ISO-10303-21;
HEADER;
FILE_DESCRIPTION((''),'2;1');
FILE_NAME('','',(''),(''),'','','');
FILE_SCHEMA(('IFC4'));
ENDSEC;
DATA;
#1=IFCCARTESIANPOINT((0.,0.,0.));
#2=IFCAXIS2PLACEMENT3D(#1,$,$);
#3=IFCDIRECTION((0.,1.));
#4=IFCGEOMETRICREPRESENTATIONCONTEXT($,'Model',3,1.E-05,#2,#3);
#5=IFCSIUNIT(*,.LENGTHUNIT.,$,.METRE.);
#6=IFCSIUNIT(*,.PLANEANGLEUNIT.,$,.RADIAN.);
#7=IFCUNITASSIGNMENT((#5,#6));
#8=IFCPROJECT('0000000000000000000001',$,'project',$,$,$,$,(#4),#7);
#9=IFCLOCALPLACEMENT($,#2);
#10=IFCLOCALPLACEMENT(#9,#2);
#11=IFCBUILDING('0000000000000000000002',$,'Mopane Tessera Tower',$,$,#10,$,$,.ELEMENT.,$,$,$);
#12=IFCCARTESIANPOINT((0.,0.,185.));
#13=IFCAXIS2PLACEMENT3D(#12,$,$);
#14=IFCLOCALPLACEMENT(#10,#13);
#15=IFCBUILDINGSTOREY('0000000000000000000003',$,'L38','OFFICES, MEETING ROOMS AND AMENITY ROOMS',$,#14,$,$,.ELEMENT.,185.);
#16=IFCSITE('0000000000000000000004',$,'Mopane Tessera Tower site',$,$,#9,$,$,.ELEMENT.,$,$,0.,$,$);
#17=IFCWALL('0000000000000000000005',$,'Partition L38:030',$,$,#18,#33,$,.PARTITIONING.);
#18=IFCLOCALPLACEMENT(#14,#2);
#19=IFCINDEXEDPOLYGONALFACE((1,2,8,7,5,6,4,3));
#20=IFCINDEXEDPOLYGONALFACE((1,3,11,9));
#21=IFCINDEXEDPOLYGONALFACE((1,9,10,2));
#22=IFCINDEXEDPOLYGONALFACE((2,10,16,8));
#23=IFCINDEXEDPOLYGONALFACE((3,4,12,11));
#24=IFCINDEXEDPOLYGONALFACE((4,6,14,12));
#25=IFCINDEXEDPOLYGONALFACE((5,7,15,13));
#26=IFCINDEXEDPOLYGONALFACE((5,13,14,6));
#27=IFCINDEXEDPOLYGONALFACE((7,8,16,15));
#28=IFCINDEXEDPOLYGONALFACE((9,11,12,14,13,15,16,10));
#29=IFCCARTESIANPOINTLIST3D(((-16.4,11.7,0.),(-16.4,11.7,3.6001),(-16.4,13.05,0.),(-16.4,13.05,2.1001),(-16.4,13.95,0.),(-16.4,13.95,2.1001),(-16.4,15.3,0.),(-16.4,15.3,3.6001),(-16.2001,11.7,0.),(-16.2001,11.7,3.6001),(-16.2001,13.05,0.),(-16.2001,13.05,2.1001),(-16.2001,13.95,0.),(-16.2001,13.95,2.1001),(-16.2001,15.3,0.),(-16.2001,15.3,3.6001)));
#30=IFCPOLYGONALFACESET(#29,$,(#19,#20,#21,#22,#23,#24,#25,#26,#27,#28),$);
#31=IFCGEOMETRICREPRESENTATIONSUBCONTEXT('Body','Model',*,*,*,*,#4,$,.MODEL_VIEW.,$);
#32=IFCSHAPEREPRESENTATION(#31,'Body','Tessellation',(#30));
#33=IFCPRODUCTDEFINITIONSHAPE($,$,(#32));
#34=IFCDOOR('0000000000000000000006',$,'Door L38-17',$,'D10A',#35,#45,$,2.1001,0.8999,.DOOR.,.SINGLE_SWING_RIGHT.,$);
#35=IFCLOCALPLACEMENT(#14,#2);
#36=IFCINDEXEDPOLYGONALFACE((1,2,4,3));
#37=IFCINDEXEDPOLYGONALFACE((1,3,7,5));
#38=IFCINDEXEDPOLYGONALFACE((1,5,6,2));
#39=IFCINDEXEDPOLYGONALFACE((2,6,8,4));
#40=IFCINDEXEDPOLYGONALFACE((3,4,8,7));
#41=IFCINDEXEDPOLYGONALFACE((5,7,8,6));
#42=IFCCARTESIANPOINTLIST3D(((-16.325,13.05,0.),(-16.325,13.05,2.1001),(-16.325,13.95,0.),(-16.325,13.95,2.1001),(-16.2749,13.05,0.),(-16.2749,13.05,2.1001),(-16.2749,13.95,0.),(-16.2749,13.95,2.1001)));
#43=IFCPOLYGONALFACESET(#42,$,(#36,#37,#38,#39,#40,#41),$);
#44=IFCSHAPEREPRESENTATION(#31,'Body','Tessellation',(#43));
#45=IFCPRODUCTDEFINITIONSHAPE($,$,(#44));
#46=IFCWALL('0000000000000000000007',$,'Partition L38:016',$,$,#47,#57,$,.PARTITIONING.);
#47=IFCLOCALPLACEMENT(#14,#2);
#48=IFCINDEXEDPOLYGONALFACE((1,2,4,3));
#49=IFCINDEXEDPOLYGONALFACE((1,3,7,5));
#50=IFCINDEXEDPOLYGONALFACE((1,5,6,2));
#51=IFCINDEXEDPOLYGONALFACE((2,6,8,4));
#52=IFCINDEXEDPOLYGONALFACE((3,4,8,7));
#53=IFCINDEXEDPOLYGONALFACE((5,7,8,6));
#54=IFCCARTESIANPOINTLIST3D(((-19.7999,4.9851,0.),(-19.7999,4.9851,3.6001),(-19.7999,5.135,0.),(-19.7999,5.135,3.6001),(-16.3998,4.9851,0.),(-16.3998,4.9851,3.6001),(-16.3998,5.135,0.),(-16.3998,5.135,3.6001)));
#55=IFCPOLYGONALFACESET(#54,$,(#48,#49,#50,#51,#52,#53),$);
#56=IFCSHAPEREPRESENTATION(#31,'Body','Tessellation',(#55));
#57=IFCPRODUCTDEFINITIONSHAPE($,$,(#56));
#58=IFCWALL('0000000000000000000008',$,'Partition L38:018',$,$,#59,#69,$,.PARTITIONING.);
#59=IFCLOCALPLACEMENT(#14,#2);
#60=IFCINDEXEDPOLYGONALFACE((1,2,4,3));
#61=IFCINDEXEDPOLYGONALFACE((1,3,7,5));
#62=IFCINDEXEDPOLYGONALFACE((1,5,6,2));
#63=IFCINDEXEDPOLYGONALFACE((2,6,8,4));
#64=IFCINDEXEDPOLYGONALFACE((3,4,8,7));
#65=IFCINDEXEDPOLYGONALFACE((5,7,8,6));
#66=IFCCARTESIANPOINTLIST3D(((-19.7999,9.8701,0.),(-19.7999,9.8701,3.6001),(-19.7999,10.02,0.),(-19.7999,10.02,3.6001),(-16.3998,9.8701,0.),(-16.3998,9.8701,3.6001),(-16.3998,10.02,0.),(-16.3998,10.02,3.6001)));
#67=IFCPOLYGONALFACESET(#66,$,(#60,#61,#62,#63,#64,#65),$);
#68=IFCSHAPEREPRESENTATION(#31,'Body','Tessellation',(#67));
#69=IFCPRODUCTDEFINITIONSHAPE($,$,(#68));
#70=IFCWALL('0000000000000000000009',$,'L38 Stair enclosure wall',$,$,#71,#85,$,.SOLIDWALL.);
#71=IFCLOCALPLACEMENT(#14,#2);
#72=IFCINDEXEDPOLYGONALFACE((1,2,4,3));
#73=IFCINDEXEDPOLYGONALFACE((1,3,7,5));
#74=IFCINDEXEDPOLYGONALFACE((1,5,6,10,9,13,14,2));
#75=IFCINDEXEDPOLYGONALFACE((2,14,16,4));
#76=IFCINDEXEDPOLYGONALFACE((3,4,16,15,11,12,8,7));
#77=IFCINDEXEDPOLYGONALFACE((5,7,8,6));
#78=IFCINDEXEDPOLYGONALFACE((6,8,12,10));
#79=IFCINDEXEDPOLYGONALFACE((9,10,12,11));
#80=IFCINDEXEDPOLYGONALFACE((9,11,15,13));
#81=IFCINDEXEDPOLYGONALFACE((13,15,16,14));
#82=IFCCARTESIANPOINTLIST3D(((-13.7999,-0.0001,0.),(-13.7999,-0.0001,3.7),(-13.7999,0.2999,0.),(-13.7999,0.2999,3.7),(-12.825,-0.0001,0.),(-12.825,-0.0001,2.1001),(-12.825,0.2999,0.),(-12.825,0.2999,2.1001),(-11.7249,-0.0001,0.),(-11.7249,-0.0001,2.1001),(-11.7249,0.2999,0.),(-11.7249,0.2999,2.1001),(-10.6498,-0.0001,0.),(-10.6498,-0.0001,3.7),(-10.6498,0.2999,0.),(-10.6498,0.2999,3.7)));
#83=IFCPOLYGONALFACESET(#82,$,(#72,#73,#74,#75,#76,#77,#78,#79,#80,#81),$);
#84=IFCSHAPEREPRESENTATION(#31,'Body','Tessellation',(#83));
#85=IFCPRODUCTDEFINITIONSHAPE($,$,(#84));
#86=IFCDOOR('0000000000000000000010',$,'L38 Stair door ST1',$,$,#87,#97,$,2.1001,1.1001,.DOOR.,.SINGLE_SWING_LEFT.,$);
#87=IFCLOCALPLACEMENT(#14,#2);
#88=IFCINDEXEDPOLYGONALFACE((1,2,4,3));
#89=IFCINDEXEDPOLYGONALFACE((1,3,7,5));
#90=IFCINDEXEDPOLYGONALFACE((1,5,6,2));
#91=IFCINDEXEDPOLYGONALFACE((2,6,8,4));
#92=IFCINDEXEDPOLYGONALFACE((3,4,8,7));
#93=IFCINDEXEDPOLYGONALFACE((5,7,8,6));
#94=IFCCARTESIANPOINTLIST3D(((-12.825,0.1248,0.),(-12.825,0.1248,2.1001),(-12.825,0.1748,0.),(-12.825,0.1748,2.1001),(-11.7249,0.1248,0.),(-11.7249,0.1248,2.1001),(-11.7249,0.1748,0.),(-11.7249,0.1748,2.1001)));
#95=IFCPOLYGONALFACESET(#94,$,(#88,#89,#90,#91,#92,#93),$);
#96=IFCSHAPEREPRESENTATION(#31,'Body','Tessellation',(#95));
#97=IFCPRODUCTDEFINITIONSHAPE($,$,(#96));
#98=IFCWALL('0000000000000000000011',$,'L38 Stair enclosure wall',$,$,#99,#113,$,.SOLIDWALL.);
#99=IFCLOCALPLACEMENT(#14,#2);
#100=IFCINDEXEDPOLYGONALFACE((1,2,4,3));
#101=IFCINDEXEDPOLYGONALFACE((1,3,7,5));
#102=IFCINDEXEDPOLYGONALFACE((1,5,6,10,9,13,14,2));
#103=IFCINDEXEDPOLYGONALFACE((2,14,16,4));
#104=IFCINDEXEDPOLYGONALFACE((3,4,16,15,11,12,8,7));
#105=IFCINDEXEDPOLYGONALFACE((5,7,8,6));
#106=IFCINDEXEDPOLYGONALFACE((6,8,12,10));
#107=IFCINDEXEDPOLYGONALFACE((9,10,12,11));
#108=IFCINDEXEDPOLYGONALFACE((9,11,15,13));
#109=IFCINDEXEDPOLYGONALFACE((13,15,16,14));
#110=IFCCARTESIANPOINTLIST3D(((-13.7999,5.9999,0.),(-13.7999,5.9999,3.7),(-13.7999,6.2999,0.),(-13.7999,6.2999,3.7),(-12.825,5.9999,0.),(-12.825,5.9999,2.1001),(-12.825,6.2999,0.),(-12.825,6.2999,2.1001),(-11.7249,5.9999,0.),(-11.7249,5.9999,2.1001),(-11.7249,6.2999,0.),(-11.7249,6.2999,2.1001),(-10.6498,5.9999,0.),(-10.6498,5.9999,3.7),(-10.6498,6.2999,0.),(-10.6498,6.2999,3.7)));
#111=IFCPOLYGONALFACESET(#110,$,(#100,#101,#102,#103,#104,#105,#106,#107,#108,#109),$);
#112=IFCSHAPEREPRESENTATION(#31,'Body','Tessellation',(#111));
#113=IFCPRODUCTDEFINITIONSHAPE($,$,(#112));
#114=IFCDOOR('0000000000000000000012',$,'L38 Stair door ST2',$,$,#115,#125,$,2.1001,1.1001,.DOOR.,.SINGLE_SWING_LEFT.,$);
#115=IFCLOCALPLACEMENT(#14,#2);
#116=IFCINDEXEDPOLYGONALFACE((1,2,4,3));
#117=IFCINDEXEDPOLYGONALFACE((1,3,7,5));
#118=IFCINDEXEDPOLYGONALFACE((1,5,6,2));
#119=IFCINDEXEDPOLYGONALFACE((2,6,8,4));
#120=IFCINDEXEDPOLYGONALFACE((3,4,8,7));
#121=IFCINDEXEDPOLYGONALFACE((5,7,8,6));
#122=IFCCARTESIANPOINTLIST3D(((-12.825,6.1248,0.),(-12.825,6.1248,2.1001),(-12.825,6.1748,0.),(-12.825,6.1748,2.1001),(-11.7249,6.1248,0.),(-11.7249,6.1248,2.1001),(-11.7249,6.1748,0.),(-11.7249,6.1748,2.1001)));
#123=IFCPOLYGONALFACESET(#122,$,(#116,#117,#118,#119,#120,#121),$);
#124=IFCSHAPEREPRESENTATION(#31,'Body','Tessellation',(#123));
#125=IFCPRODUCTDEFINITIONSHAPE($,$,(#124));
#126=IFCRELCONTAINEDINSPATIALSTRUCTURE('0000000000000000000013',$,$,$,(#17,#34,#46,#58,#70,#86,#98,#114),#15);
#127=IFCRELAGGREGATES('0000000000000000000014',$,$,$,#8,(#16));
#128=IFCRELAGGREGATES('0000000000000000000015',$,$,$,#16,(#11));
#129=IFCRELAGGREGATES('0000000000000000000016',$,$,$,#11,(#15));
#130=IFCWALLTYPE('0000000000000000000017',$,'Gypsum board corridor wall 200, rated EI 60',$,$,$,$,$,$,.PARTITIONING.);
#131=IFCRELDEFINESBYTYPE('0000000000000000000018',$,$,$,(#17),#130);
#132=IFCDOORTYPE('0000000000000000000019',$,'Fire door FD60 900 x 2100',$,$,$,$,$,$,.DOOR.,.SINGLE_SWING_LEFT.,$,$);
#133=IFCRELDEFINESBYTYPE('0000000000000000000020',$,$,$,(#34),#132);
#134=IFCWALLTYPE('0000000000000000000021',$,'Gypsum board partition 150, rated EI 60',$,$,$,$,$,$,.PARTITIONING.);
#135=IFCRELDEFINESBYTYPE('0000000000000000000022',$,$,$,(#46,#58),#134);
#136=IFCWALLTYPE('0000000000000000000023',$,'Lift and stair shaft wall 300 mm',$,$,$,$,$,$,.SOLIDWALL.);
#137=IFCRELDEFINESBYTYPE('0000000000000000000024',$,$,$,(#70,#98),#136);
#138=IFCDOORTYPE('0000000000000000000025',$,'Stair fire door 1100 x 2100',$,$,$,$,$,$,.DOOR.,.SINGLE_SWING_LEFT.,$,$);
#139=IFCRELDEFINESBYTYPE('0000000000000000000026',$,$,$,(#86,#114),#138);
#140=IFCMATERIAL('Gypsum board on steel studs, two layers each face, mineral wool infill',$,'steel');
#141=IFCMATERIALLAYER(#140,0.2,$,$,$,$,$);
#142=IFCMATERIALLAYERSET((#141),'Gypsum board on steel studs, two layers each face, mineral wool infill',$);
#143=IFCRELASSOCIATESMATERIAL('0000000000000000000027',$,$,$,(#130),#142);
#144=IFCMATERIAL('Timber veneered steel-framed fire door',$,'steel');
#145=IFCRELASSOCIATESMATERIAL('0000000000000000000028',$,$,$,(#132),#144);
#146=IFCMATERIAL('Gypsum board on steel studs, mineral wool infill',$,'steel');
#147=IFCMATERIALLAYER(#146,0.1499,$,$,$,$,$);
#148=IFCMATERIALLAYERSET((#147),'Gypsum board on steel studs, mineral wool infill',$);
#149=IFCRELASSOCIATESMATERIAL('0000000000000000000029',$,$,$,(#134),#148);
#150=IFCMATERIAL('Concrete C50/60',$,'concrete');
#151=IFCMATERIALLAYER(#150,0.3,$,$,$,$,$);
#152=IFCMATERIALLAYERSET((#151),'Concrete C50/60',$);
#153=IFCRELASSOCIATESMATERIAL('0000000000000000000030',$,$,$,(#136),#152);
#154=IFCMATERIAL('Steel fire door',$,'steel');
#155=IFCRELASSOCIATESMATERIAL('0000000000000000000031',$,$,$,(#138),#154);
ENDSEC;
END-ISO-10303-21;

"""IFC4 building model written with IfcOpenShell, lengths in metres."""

from ifc_helpers import new_model, si_unit, direction, frame, frame_2d, origin, place, context, subcontext, project, spatial, rectangle, extrude, material, layer, layer_set, type_object, element, fill, save


model = new_model("IFC4")

# Units and contexts
model_context = context("Model", 3, precision=1e-05, world=origin(), true_north=direction((0.0, 1.0)))
body_context = subcontext(model_context, "Body", "Model", "MODEL_VIEW")
ifc_project = project(units=[si_unit("LENGTHUNIT", "METRE"), si_unit("PLANEANGLEUNIT", "RADIAN")], contexts=[model_context])

# Site, building, storey
site_placement = place(None, origin())
site = spatial("IfcSite", under=ifc_project, at=site_placement, Name="Mopane Tessera Tower site", CompositionType="ELEMENT", RefElevation=0.0)
building_placement = place(site_placement, origin())
building = spatial("IfcBuilding", under=site, at=building_placement, Name="Mopane Tessera Tower", CompositionType="ELEMENT")
storey_placement = place(building_placement, frame((0.0, 0.0, 185.0)))
storey = spatial("IfcBuildingStorey", under=building, at=storey_placement, Name="L38", Description="OFFICES, MEETING ROOMS AND AMENITY ROOMS", CompositionType="ELEMENT", Elevation=185.0)

# Shared definitions
ifc_material_1 = material(Name="Gypsum board on steel studs, two layers each face, mineral wool infill", Category="steel")
ifc_layer_1 = layer(ifc_material_1, 0.2)
ifc_layer_set_1 = layer_set([ifc_layer_1], Name="Gypsum board on steel studs, two layers each face, mineral wool infill")
wall_type_1 = type_object("IfcWallType", Name="Gypsum board corridor wall 200, rated EI 60", PredefinedType="PARTITIONING", material=ifc_layer_set_1)
ifc_material_2 = material(Name="Timber veneered steel-framed fire door", Category="steel")
door_type_1 = type_object("IfcDoorType", Name="Fire door FD60 900 x 2100", OperationType="SINGLE_SWING_LEFT", PredefinedType="DOOR", material=ifc_material_2)

# Wall, opening, door
wall_1_placement = place(storey_placement, frame((-16.3, 11.7, 0.0), z_axis=(0.0, 0.0, 1.0), x_axis=(0.0, 1.0, 0.0)))
wall_1 = element("IfcWall", 1, at=wall_1_placement, inside=storey, type_object=wall_type_1, Name="Partition L38:030", PredefinedType="PARTITIONING", context=body_context, shape_type="SweptSolid", body=[
    extrude(rectangle(XDim=3.6001, YDim=0.2, at=frame_2d((1.8, 0.0))), origin(), (0.0, 0.0, 1.0), 3.6001),
])
opening_1_placement = place(wall_1_placement, frame((1.3501, 0.0, 0.0)))
opening_1 = element("IfcOpeningElement", 2, at=opening_1_placement, cuts=wall_1, PredefinedType="OPENING", context=body_context, shape_type="SweptSolid", body=[
    extrude(rectangle(XDim=0.8999, YDim=2.1001, at=frame_2d((0.45, 1.05))), frame((0.0, 0.1121, 0.0), z_axis=(0.0, -1.0, 0.0), x_axis=(1.0, 0.0, 0.0)), (0.0, 0.0, 1.0), 0.2239),
])
door_1_placement = place(opening_1_placement, origin())
door_1 = element("IfcDoor", 3, at=door_1_placement, inside=storey, type_object=door_type_1, Name="Door L38-17", ObjectType="D10A", OperationType="SINGLE_SWING_RIGHT", OverallHeight=2.1001, OverallWidth=0.8999, PredefinedType="DOOR", context=body_context, shape_type="SweptSolid", body=[
    extrude(rectangle(XDim=0.8999, YDim=2.1001, at=frame_2d((0.45, 1.05))), frame((0.0, 0.0249, 0.0), z_axis=(0.0, -1.0, 0.0), x_axis=(1.0, 0.0, 0.0)), (0.0, 0.0, 1.0), 0.05),
])
fill(opening_1, door_1)

# Walls
ifc_material_3 = material(Name="Gypsum board on steel studs, mineral wool infill", Category="steel")
ifc_layer_2 = layer(ifc_material_3, 0.1499)
ifc_layer_set_2 = layer_set([ifc_layer_2], Name="Gypsum board on steel studs, mineral wool infill")
wall_type_2 = type_object("IfcWallType", Name="Gypsum board partition 150, rated EI 60", PredefinedType="PARTITIONING", material=ifc_layer_set_2)
for number, where, z_axis, x_axis, name in (
    (4, (-19.8, 5.0601, 0.0), (0.0, 0.0, 1.0), (1.0, 0.0, 0.0), "Partition L38:016"),
    (5, (-19.8, 9.9451, 0.0), (0.0, 0.0, 1.0), (1.0, 0.0, 0.0), "Partition L38:018"),
):
    element("IfcWall", number, at=place(storey_placement, frame(where, z_axis=z_axis, x_axis=x_axis)), inside=storey, type_object=wall_type_2, Name=name, PredefinedType="PARTITIONING", context=body_context, shape_type="SweptSolid", body=[
        extrude(rectangle(XDim=3.4001, YDim=0.1499, at=frame_2d((1.7002, 0.0))), origin(), (0.0, 0.0, 1.0), 3.6001),
    ])

# Walls, openings, doors
ifc_material_4 = material(Name="Concrete C50/60", Category="concrete")
ifc_layer_3 = layer(ifc_material_4, 0.3)
ifc_layer_set_3 = layer_set([ifc_layer_3], Name="Concrete C50/60")
wall_type_3 = type_object("IfcWallType", Name="Lift and stair shaft wall 300 mm", PredefinedType="SOLIDWALL", material=ifc_layer_set_3)
wall_2_placement = place(storey_placement, frame((-13.8, 0.1499, 0.0), z_axis=(0.0, 0.0, 1.0), x_axis=(1.0, 0.0, 0.0)))
wall_2 = element("IfcWall", 6, at=wall_2_placement, inside=storey, type_object=wall_type_3, Name="L38 Stair enclosure wall", PredefinedType="SOLIDWALL", context=body_context, shape_type="SweptSolid", body=[
    extrude(rectangle(XDim=3.1501, YDim=0.3, at=frame_2d((1.5752, 0.0))), origin(), (0.0, 0.0, 1.0), 3.7),
])
opening_2_placement = place(wall_2_placement, frame((0.9751, 0.0, 0.0)))
opening_2 = element("IfcOpeningElement", 7, at=opening_2_placement, cuts=wall_2, PredefinedType="OPENING", context=body_context, shape_type="SweptSolid", body=[
    extrude(rectangle(XDim=1.1001, YDim=2.1001, at=frame_2d((0.55, 1.05))), frame((0.0, 0.1621, 0.0), z_axis=(0.0, -1.0, 0.0), x_axis=(1.0, 0.0, 0.0)), (0.0, 0.0, 1.0), 0.324),
])
ifc_material_5 = material(Name="Steel fire door", Category="steel")
door_type_2 = type_object("IfcDoorType", Name="Stair fire door 1100 x 2100", OperationType="SINGLE_SWING_LEFT", PredefinedType="DOOR", material=ifc_material_5)
door_2_placement = place(opening_2_placement, origin())
door_2 = element("IfcDoor", 8, at=door_2_placement, inside=storey, type_object=door_type_2, Name="L38 Stair door ST1", OperationType="SINGLE_SWING_LEFT", OverallHeight=2.1001, OverallWidth=1.1001, PredefinedType="DOOR", context=body_context, shape_type="SweptSolid", body=[
    extrude(rectangle(XDim=1.1001, YDim=2.1001, at=frame_2d((0.55, 1.05))), frame((0.0, 0.0249, 0.0), z_axis=(0.0, -1.0, 0.0), x_axis=(1.0, 0.0, 0.0)), (0.0, 0.0, 1.0), 0.05),
])
fill(opening_2, door_2)
wall_3_placement = place(storey_placement, frame((-13.8, 6.1499, 0.0), z_axis=(0.0, 0.0, 1.0), x_axis=(1.0, 0.0, 0.0)))
wall_3 = element("IfcWall", 9, at=wall_3_placement, inside=storey, type_object=wall_type_3, Name="L38 Stair enclosure wall", PredefinedType="SOLIDWALL", context=body_context, shape_type="SweptSolid", body=[
    extrude(rectangle(XDim=3.1501, YDim=0.3, at=frame_2d((1.5752, 0.0))), origin(), (0.0, 0.0, 1.0), 3.7),
])
opening_3_placement = place(wall_3_placement, frame((0.9751, 0.0, 0.0)))
opening_3 = element("IfcOpeningElement", 10, at=opening_3_placement, cuts=wall_3, PredefinedType="OPENING", context=body_context, shape_type="SweptSolid", body=[
    extrude(rectangle(XDim=1.1001, YDim=2.1001, at=frame_2d((0.55, 1.05))), frame((0.0, 0.1621, 0.0), z_axis=(0.0, -1.0, 0.0), x_axis=(1.0, 0.0, 0.0)), (0.0, 0.0, 1.0), 0.324),
])
door_3_placement = place(opening_3_placement, origin())
door_3 = element("IfcDoor", 11, at=door_3_placement, inside=storey, type_object=door_type_2, Name="L38 Stair door ST2", OperationType="SINGLE_SWING_LEFT", OverallHeight=2.1001, OverallWidth=1.1001, PredefinedType="DOOR", context=body_context, shape_type="SweptSolid", body=[
    extrude(rectangle(XDim=1.1001, YDim=2.1001, at=frame_2d((0.55, 1.05))), frame((0.0, 0.0249, 0.0), z_axis=(0.0, -1.0, 0.0), x_axis=(1.0, 0.0, 0.0)), (0.0, 0.0, 1.0), 0.05),
])
fill(opening_3, door_3)

save(model, "model.ifc")
